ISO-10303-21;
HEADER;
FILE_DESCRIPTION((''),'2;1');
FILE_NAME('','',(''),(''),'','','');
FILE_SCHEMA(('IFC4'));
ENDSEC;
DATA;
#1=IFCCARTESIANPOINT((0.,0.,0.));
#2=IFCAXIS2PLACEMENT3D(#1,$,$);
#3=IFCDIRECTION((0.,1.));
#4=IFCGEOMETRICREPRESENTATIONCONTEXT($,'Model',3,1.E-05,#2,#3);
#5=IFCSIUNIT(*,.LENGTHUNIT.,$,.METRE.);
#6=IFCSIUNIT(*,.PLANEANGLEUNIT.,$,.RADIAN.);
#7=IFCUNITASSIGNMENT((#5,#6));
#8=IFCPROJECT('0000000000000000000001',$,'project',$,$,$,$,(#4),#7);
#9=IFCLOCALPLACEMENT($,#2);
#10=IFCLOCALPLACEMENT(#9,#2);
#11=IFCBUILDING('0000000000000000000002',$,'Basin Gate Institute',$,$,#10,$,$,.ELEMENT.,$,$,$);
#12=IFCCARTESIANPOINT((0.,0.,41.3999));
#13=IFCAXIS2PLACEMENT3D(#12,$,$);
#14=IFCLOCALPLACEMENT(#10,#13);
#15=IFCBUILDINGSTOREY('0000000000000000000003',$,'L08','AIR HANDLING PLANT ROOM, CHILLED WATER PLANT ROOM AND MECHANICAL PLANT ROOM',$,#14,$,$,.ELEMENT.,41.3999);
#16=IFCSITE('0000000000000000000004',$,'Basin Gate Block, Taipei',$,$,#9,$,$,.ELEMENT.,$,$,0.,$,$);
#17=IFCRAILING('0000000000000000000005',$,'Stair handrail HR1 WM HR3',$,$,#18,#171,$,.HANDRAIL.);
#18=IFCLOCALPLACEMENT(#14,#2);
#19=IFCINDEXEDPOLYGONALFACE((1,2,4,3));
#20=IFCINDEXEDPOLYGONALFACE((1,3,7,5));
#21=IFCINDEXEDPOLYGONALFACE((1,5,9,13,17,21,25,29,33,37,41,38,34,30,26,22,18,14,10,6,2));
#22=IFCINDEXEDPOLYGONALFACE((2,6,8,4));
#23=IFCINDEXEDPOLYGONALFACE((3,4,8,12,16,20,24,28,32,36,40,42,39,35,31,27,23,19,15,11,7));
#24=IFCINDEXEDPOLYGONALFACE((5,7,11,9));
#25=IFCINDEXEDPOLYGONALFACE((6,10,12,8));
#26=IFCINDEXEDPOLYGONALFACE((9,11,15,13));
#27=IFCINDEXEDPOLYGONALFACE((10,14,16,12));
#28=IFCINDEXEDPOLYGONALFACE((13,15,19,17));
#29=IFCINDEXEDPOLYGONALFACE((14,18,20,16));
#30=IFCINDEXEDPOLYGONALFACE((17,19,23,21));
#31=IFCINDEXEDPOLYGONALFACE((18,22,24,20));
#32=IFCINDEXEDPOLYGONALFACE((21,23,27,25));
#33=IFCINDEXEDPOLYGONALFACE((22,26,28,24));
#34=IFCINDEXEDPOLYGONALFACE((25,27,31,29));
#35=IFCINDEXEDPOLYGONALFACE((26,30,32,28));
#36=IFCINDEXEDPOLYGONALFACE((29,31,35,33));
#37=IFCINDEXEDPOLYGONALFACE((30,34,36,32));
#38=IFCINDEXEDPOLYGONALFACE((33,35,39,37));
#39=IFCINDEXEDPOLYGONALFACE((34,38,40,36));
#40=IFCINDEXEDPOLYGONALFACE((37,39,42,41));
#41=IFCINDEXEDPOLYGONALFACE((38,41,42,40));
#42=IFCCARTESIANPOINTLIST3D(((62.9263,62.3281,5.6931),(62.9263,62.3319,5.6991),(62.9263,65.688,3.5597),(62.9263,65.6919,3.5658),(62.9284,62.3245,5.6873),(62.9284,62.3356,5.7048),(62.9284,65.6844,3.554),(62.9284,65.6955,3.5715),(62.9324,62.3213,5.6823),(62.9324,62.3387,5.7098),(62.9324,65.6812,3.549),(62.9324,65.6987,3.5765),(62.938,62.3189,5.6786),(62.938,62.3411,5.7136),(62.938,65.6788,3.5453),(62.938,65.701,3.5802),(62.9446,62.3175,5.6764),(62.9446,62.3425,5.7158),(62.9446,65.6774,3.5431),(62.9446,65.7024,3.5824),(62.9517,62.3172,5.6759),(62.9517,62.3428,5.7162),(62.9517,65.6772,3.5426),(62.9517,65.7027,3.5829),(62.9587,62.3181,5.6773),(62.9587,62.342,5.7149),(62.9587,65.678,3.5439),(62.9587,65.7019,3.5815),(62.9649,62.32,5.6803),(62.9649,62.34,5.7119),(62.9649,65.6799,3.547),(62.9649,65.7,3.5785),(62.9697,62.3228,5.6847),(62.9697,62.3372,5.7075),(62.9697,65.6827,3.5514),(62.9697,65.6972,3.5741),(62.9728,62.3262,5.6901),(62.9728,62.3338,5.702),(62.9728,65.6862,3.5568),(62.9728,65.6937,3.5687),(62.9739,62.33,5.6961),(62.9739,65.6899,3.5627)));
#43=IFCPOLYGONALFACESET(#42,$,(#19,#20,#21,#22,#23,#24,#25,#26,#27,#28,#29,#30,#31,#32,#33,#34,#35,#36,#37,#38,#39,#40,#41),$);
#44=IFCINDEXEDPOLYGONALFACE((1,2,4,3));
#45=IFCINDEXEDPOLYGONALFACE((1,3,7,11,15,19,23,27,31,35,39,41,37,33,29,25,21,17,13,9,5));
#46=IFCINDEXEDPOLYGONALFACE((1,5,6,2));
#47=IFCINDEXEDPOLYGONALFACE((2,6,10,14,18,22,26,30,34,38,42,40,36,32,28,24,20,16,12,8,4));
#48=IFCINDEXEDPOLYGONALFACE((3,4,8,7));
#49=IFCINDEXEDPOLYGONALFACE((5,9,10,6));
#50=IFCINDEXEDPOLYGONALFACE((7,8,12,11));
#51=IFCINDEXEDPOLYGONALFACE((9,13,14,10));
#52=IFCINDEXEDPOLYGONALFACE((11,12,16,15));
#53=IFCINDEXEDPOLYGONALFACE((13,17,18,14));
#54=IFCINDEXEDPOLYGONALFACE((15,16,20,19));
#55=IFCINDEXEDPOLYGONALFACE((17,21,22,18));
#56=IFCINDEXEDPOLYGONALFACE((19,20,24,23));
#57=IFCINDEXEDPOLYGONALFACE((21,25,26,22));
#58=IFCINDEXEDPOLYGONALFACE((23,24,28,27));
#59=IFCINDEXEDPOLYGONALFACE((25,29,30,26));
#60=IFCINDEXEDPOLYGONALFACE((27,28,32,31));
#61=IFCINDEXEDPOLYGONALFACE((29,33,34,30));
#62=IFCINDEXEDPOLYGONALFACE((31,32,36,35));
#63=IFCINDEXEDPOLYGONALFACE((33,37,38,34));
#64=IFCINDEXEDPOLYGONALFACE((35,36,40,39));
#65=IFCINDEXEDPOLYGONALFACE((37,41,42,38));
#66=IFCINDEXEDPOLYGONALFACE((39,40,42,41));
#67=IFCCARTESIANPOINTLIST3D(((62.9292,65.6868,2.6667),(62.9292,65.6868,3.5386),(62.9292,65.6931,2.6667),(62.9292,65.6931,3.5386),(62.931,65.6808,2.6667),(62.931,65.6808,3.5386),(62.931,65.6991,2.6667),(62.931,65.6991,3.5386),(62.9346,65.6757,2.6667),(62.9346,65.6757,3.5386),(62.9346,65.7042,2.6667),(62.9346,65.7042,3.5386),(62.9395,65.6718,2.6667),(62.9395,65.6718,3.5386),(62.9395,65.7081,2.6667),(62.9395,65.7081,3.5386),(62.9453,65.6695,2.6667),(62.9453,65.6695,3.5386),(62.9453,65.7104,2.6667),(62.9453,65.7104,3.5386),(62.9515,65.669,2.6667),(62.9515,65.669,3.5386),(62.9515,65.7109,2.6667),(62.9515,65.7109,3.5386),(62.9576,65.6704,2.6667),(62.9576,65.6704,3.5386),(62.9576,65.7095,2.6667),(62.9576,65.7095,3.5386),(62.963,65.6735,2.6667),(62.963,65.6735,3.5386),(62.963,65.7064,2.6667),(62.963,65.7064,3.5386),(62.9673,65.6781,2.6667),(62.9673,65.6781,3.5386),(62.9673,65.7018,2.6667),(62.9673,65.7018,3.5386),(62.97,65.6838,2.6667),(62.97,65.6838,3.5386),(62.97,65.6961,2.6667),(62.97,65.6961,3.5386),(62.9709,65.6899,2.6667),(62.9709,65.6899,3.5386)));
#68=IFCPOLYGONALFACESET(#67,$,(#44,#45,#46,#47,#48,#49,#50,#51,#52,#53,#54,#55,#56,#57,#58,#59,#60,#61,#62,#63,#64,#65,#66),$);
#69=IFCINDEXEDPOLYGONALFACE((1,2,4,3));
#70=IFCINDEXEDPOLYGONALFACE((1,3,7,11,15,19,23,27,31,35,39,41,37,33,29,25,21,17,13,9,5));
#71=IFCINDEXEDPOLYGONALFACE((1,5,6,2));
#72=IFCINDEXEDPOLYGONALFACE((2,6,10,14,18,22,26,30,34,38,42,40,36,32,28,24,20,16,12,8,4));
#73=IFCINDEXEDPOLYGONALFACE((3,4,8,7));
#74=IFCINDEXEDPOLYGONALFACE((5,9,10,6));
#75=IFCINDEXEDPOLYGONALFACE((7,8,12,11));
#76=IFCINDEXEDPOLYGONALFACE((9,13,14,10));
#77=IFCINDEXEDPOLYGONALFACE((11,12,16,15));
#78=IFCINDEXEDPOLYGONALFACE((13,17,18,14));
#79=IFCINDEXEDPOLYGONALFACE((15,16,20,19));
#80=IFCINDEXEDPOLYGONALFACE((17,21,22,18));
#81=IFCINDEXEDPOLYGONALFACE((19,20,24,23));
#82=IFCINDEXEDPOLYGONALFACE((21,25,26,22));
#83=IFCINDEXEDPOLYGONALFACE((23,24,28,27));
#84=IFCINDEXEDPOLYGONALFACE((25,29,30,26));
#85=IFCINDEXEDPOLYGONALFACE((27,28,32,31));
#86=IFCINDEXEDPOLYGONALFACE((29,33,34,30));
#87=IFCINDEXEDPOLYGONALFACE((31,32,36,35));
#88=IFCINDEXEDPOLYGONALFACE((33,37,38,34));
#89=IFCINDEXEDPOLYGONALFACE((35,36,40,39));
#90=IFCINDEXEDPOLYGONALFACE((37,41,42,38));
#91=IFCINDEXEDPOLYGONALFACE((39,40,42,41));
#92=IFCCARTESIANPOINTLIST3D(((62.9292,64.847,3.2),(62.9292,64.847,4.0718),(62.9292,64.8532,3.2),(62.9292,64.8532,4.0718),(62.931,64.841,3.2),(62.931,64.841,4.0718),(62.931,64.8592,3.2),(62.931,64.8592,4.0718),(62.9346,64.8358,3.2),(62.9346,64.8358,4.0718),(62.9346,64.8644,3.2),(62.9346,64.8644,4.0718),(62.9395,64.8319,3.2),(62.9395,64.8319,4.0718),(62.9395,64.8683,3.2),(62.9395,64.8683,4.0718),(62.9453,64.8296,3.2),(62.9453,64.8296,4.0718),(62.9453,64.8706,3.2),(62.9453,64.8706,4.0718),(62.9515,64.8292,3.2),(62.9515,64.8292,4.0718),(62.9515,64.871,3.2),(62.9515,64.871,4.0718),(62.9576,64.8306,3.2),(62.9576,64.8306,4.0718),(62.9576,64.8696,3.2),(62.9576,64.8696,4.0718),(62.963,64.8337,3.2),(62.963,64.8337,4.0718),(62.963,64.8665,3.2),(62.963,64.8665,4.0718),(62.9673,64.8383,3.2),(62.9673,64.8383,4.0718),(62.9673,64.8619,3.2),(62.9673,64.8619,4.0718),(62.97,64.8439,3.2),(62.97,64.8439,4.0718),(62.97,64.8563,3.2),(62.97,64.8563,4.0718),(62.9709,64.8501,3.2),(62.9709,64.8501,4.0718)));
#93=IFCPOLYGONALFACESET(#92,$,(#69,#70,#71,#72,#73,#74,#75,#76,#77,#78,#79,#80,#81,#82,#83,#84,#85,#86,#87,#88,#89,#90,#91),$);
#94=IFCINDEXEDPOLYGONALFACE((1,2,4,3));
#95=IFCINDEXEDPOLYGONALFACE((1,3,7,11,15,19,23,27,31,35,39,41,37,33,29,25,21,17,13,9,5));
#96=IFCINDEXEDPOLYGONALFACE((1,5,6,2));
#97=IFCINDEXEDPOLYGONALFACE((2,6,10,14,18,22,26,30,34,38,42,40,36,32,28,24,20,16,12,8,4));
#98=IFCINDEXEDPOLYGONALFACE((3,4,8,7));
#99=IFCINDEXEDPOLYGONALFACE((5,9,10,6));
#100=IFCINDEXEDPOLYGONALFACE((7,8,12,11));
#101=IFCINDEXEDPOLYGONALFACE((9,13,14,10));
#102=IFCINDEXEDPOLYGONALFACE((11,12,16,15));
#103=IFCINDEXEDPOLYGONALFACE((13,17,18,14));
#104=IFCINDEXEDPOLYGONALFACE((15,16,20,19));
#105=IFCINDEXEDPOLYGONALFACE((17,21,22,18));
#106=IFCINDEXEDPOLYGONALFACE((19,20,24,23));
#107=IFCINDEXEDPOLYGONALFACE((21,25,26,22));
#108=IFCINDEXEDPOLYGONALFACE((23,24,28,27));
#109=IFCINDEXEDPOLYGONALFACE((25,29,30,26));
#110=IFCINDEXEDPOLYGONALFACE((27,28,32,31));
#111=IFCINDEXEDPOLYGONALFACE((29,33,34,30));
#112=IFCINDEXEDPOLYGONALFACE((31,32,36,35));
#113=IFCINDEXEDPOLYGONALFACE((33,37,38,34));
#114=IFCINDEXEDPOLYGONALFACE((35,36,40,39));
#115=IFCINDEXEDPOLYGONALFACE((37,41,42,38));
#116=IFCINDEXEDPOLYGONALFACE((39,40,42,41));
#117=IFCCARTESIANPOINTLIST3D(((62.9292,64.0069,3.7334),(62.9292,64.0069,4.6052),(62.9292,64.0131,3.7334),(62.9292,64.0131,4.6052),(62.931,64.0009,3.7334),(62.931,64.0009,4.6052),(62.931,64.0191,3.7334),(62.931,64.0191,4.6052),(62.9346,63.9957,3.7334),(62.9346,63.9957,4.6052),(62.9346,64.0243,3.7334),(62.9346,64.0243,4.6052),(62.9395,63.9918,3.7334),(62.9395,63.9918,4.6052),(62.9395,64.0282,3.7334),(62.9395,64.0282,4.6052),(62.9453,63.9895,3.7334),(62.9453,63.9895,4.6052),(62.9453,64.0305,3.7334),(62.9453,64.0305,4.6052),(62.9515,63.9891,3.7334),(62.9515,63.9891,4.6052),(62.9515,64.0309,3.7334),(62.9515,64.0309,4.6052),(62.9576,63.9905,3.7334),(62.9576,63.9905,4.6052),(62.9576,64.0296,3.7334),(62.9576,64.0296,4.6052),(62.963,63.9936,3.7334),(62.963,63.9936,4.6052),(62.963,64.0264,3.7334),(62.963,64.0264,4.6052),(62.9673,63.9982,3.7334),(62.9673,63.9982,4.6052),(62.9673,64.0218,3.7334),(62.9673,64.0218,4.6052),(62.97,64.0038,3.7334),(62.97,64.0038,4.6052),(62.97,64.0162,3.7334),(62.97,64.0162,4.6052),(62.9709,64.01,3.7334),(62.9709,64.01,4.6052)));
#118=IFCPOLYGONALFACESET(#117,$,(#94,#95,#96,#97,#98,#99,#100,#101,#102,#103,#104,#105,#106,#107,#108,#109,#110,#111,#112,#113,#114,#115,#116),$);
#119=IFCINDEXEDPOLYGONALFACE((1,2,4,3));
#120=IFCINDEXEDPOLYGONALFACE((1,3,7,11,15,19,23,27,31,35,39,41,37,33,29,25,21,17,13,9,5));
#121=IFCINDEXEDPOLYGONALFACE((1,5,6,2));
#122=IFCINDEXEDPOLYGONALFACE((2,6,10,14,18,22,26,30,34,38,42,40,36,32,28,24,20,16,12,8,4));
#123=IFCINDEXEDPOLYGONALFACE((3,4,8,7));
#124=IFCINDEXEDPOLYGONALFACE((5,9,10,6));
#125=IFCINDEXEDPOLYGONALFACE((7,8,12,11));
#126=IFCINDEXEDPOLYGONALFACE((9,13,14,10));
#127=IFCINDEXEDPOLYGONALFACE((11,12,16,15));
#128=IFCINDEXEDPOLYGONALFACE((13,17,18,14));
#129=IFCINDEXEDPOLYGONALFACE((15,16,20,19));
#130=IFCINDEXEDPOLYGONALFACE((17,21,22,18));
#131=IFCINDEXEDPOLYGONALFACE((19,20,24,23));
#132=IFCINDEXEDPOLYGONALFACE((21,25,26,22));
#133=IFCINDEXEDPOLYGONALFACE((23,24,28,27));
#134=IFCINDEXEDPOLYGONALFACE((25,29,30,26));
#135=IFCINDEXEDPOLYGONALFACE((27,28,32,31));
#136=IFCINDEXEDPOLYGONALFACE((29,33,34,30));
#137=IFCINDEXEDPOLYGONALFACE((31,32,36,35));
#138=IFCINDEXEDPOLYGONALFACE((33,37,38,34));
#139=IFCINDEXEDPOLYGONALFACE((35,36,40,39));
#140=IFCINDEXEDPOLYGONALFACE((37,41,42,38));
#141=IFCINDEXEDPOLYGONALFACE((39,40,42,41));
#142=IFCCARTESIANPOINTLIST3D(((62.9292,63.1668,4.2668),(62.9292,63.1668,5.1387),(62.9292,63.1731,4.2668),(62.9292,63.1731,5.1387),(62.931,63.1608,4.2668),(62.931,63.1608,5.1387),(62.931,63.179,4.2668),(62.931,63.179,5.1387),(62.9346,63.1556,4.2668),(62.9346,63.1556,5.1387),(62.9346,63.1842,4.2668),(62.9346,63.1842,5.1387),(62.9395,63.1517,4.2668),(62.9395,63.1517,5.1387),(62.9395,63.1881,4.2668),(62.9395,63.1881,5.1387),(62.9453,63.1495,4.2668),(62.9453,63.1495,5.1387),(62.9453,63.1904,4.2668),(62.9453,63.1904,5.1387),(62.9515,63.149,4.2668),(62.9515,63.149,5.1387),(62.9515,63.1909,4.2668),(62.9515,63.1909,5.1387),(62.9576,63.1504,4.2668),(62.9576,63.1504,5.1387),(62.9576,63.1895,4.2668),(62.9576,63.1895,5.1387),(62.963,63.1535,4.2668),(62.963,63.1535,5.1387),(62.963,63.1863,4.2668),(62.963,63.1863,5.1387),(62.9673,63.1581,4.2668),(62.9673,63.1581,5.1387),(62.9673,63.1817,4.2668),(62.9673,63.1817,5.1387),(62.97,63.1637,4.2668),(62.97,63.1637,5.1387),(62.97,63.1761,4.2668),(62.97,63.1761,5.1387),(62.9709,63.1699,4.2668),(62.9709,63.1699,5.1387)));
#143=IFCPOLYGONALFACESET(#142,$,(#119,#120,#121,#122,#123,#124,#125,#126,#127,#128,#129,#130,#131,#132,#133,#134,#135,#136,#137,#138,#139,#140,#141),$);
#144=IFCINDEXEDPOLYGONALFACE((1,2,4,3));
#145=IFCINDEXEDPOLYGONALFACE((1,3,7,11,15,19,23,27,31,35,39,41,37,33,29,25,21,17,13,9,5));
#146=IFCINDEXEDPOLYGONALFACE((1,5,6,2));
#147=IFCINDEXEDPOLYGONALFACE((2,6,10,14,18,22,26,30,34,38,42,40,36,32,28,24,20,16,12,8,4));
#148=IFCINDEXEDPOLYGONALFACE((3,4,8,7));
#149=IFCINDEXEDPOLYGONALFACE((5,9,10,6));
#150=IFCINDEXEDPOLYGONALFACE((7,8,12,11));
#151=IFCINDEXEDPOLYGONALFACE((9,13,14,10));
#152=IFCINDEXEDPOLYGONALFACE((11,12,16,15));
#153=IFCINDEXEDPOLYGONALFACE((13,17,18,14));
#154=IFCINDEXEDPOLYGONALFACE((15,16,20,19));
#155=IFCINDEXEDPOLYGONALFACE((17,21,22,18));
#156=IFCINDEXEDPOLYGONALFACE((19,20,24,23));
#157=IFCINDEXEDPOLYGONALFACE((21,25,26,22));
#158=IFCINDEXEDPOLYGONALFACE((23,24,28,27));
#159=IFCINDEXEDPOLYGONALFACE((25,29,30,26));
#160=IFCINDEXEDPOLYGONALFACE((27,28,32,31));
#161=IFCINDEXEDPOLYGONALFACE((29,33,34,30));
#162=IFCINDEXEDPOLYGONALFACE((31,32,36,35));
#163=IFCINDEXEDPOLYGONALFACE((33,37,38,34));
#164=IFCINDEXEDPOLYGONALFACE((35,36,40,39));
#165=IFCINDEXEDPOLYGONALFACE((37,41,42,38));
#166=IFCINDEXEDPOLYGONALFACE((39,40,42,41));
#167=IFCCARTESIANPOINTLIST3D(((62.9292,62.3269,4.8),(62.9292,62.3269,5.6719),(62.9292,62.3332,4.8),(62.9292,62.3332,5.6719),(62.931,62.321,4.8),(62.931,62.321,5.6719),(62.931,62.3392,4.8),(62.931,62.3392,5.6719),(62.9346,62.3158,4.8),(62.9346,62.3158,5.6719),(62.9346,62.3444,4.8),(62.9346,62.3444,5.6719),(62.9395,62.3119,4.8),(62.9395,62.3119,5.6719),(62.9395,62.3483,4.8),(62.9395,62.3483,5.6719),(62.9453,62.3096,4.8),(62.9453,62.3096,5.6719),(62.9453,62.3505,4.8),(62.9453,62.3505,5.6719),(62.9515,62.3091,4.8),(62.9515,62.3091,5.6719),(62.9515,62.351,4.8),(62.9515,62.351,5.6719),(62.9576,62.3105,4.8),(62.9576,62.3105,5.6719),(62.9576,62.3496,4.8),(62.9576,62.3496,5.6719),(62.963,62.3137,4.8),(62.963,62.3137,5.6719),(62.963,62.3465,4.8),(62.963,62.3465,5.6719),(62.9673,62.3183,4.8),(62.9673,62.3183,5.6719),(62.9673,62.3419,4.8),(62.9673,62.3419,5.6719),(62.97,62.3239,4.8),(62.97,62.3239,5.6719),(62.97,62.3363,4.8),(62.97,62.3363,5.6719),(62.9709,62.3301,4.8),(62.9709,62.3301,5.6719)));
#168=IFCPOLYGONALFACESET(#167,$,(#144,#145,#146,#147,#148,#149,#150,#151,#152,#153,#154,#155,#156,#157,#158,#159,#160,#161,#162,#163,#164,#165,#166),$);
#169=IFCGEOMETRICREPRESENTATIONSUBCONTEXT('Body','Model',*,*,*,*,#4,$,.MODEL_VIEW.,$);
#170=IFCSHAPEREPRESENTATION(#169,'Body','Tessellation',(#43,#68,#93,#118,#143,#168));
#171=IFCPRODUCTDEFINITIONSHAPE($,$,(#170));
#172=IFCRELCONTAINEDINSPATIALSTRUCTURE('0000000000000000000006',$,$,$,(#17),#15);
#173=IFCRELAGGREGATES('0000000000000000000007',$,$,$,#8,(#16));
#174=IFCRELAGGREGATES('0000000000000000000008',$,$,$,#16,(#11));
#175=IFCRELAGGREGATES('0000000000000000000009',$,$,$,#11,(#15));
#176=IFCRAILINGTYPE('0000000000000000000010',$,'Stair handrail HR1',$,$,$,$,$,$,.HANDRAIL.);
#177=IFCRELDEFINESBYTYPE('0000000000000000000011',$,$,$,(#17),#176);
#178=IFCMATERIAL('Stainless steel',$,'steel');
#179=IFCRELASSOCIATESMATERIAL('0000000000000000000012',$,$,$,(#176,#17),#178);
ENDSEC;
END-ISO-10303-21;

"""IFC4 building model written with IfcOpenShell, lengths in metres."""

from ifc_helpers import new_model, si_unit, direction, frame, origin, origin_2d, place, context, subcontext, project, spatial, circle, extrude, material, type_object, element, save


model = new_model("IFC4")

# Units and contexts
model_context = context("Model", 3, precision=1e-05, world=origin(), true_north=direction((0.0, 1.0)))
body_context = subcontext(model_context, "Body", "Model", "MODEL_VIEW")
ifc_project = project(units=[si_unit("LENGTHUNIT", "METRE"), si_unit("PLANEANGLEUNIT", "RADIAN")], contexts=[model_context])

# Site, building, storey
site_placement = place(None, origin())
site = spatial("IfcSite", under=ifc_project, at=site_placement, Name="Basin Gate Block, Taipei", CompositionType="ELEMENT", RefElevation=0.0)
building_placement = place(site_placement, origin())
building = spatial("IfcBuilding", under=site, at=building_placement, Name="Basin Gate Institute", CompositionType="ELEMENT")
storey_placement = place(building_placement, frame((0.0, 0.0, 41.3999)))
storey = spatial("IfcBuildingStorey", under=building, at=storey_placement, Name="L08", Description="AIR HANDLING PLANT ROOM, CHILLED WATER PLANT ROOM AND MECHANICAL PLANT ROOM", CompositionType="ELEMENT", Elevation=41.3999)

# Railing
ifc_material_1 = material(Name="Stainless steel", Category="steel")
railing_type_1 = type_object("IfcRailingType", Name="Stair handrail HR1", PredefinedType="HANDRAIL", material=ifc_material_1)
railing_1_placement = place(storey_placement, frame((62.95, 65.6899, 2.6667)))
element("IfcRailing", 1, at=railing_1_placement, inside=storey, type_object=railing_type_1, material=ifc_material_1, Name="Stair handrail HR1 WM HR3", PredefinedType="HANDRAIL", context=body_context, shape_type="SweptSolid", body=[
    extrude(circle(Radius=0.0239, at=origin_2d()), frame((0.0, 0.0, 0.896), z_axis=(0.0, -0.844207, 0.536018), x_axis=(1.0, 0.0, 0.0)), (0.0, 0.0, 1.0), 3.98),
    extrude(circle(Radius=0.021, at=origin_2d()), origin(), (0.0, 0.0, 1.0), 0.8718),
    extrude(circle(Radius=0.021, at=origin_2d()), frame((0.0, -0.8398, 0.5332)), (0.0, 0.0, 1.0), 0.8718),
    extrude(circle(Radius=0.021, at=origin_2d()), frame((0.0, -1.6799, 1.0667)), (0.0, 0.0, 1.0), 0.8718),
    extrude(circle(Radius=0.021, at=origin_2d()), frame((0.0, -2.52, 1.6001)), (0.0, 0.0, 1.0), 0.8718),
    extrude(circle(Radius=0.021, at=origin_2d()), frame((0.0, -3.3599, 2.1333)), (0.0, 0.0, 1.0), 0.8718),
])

save(model, "model.ifc")
